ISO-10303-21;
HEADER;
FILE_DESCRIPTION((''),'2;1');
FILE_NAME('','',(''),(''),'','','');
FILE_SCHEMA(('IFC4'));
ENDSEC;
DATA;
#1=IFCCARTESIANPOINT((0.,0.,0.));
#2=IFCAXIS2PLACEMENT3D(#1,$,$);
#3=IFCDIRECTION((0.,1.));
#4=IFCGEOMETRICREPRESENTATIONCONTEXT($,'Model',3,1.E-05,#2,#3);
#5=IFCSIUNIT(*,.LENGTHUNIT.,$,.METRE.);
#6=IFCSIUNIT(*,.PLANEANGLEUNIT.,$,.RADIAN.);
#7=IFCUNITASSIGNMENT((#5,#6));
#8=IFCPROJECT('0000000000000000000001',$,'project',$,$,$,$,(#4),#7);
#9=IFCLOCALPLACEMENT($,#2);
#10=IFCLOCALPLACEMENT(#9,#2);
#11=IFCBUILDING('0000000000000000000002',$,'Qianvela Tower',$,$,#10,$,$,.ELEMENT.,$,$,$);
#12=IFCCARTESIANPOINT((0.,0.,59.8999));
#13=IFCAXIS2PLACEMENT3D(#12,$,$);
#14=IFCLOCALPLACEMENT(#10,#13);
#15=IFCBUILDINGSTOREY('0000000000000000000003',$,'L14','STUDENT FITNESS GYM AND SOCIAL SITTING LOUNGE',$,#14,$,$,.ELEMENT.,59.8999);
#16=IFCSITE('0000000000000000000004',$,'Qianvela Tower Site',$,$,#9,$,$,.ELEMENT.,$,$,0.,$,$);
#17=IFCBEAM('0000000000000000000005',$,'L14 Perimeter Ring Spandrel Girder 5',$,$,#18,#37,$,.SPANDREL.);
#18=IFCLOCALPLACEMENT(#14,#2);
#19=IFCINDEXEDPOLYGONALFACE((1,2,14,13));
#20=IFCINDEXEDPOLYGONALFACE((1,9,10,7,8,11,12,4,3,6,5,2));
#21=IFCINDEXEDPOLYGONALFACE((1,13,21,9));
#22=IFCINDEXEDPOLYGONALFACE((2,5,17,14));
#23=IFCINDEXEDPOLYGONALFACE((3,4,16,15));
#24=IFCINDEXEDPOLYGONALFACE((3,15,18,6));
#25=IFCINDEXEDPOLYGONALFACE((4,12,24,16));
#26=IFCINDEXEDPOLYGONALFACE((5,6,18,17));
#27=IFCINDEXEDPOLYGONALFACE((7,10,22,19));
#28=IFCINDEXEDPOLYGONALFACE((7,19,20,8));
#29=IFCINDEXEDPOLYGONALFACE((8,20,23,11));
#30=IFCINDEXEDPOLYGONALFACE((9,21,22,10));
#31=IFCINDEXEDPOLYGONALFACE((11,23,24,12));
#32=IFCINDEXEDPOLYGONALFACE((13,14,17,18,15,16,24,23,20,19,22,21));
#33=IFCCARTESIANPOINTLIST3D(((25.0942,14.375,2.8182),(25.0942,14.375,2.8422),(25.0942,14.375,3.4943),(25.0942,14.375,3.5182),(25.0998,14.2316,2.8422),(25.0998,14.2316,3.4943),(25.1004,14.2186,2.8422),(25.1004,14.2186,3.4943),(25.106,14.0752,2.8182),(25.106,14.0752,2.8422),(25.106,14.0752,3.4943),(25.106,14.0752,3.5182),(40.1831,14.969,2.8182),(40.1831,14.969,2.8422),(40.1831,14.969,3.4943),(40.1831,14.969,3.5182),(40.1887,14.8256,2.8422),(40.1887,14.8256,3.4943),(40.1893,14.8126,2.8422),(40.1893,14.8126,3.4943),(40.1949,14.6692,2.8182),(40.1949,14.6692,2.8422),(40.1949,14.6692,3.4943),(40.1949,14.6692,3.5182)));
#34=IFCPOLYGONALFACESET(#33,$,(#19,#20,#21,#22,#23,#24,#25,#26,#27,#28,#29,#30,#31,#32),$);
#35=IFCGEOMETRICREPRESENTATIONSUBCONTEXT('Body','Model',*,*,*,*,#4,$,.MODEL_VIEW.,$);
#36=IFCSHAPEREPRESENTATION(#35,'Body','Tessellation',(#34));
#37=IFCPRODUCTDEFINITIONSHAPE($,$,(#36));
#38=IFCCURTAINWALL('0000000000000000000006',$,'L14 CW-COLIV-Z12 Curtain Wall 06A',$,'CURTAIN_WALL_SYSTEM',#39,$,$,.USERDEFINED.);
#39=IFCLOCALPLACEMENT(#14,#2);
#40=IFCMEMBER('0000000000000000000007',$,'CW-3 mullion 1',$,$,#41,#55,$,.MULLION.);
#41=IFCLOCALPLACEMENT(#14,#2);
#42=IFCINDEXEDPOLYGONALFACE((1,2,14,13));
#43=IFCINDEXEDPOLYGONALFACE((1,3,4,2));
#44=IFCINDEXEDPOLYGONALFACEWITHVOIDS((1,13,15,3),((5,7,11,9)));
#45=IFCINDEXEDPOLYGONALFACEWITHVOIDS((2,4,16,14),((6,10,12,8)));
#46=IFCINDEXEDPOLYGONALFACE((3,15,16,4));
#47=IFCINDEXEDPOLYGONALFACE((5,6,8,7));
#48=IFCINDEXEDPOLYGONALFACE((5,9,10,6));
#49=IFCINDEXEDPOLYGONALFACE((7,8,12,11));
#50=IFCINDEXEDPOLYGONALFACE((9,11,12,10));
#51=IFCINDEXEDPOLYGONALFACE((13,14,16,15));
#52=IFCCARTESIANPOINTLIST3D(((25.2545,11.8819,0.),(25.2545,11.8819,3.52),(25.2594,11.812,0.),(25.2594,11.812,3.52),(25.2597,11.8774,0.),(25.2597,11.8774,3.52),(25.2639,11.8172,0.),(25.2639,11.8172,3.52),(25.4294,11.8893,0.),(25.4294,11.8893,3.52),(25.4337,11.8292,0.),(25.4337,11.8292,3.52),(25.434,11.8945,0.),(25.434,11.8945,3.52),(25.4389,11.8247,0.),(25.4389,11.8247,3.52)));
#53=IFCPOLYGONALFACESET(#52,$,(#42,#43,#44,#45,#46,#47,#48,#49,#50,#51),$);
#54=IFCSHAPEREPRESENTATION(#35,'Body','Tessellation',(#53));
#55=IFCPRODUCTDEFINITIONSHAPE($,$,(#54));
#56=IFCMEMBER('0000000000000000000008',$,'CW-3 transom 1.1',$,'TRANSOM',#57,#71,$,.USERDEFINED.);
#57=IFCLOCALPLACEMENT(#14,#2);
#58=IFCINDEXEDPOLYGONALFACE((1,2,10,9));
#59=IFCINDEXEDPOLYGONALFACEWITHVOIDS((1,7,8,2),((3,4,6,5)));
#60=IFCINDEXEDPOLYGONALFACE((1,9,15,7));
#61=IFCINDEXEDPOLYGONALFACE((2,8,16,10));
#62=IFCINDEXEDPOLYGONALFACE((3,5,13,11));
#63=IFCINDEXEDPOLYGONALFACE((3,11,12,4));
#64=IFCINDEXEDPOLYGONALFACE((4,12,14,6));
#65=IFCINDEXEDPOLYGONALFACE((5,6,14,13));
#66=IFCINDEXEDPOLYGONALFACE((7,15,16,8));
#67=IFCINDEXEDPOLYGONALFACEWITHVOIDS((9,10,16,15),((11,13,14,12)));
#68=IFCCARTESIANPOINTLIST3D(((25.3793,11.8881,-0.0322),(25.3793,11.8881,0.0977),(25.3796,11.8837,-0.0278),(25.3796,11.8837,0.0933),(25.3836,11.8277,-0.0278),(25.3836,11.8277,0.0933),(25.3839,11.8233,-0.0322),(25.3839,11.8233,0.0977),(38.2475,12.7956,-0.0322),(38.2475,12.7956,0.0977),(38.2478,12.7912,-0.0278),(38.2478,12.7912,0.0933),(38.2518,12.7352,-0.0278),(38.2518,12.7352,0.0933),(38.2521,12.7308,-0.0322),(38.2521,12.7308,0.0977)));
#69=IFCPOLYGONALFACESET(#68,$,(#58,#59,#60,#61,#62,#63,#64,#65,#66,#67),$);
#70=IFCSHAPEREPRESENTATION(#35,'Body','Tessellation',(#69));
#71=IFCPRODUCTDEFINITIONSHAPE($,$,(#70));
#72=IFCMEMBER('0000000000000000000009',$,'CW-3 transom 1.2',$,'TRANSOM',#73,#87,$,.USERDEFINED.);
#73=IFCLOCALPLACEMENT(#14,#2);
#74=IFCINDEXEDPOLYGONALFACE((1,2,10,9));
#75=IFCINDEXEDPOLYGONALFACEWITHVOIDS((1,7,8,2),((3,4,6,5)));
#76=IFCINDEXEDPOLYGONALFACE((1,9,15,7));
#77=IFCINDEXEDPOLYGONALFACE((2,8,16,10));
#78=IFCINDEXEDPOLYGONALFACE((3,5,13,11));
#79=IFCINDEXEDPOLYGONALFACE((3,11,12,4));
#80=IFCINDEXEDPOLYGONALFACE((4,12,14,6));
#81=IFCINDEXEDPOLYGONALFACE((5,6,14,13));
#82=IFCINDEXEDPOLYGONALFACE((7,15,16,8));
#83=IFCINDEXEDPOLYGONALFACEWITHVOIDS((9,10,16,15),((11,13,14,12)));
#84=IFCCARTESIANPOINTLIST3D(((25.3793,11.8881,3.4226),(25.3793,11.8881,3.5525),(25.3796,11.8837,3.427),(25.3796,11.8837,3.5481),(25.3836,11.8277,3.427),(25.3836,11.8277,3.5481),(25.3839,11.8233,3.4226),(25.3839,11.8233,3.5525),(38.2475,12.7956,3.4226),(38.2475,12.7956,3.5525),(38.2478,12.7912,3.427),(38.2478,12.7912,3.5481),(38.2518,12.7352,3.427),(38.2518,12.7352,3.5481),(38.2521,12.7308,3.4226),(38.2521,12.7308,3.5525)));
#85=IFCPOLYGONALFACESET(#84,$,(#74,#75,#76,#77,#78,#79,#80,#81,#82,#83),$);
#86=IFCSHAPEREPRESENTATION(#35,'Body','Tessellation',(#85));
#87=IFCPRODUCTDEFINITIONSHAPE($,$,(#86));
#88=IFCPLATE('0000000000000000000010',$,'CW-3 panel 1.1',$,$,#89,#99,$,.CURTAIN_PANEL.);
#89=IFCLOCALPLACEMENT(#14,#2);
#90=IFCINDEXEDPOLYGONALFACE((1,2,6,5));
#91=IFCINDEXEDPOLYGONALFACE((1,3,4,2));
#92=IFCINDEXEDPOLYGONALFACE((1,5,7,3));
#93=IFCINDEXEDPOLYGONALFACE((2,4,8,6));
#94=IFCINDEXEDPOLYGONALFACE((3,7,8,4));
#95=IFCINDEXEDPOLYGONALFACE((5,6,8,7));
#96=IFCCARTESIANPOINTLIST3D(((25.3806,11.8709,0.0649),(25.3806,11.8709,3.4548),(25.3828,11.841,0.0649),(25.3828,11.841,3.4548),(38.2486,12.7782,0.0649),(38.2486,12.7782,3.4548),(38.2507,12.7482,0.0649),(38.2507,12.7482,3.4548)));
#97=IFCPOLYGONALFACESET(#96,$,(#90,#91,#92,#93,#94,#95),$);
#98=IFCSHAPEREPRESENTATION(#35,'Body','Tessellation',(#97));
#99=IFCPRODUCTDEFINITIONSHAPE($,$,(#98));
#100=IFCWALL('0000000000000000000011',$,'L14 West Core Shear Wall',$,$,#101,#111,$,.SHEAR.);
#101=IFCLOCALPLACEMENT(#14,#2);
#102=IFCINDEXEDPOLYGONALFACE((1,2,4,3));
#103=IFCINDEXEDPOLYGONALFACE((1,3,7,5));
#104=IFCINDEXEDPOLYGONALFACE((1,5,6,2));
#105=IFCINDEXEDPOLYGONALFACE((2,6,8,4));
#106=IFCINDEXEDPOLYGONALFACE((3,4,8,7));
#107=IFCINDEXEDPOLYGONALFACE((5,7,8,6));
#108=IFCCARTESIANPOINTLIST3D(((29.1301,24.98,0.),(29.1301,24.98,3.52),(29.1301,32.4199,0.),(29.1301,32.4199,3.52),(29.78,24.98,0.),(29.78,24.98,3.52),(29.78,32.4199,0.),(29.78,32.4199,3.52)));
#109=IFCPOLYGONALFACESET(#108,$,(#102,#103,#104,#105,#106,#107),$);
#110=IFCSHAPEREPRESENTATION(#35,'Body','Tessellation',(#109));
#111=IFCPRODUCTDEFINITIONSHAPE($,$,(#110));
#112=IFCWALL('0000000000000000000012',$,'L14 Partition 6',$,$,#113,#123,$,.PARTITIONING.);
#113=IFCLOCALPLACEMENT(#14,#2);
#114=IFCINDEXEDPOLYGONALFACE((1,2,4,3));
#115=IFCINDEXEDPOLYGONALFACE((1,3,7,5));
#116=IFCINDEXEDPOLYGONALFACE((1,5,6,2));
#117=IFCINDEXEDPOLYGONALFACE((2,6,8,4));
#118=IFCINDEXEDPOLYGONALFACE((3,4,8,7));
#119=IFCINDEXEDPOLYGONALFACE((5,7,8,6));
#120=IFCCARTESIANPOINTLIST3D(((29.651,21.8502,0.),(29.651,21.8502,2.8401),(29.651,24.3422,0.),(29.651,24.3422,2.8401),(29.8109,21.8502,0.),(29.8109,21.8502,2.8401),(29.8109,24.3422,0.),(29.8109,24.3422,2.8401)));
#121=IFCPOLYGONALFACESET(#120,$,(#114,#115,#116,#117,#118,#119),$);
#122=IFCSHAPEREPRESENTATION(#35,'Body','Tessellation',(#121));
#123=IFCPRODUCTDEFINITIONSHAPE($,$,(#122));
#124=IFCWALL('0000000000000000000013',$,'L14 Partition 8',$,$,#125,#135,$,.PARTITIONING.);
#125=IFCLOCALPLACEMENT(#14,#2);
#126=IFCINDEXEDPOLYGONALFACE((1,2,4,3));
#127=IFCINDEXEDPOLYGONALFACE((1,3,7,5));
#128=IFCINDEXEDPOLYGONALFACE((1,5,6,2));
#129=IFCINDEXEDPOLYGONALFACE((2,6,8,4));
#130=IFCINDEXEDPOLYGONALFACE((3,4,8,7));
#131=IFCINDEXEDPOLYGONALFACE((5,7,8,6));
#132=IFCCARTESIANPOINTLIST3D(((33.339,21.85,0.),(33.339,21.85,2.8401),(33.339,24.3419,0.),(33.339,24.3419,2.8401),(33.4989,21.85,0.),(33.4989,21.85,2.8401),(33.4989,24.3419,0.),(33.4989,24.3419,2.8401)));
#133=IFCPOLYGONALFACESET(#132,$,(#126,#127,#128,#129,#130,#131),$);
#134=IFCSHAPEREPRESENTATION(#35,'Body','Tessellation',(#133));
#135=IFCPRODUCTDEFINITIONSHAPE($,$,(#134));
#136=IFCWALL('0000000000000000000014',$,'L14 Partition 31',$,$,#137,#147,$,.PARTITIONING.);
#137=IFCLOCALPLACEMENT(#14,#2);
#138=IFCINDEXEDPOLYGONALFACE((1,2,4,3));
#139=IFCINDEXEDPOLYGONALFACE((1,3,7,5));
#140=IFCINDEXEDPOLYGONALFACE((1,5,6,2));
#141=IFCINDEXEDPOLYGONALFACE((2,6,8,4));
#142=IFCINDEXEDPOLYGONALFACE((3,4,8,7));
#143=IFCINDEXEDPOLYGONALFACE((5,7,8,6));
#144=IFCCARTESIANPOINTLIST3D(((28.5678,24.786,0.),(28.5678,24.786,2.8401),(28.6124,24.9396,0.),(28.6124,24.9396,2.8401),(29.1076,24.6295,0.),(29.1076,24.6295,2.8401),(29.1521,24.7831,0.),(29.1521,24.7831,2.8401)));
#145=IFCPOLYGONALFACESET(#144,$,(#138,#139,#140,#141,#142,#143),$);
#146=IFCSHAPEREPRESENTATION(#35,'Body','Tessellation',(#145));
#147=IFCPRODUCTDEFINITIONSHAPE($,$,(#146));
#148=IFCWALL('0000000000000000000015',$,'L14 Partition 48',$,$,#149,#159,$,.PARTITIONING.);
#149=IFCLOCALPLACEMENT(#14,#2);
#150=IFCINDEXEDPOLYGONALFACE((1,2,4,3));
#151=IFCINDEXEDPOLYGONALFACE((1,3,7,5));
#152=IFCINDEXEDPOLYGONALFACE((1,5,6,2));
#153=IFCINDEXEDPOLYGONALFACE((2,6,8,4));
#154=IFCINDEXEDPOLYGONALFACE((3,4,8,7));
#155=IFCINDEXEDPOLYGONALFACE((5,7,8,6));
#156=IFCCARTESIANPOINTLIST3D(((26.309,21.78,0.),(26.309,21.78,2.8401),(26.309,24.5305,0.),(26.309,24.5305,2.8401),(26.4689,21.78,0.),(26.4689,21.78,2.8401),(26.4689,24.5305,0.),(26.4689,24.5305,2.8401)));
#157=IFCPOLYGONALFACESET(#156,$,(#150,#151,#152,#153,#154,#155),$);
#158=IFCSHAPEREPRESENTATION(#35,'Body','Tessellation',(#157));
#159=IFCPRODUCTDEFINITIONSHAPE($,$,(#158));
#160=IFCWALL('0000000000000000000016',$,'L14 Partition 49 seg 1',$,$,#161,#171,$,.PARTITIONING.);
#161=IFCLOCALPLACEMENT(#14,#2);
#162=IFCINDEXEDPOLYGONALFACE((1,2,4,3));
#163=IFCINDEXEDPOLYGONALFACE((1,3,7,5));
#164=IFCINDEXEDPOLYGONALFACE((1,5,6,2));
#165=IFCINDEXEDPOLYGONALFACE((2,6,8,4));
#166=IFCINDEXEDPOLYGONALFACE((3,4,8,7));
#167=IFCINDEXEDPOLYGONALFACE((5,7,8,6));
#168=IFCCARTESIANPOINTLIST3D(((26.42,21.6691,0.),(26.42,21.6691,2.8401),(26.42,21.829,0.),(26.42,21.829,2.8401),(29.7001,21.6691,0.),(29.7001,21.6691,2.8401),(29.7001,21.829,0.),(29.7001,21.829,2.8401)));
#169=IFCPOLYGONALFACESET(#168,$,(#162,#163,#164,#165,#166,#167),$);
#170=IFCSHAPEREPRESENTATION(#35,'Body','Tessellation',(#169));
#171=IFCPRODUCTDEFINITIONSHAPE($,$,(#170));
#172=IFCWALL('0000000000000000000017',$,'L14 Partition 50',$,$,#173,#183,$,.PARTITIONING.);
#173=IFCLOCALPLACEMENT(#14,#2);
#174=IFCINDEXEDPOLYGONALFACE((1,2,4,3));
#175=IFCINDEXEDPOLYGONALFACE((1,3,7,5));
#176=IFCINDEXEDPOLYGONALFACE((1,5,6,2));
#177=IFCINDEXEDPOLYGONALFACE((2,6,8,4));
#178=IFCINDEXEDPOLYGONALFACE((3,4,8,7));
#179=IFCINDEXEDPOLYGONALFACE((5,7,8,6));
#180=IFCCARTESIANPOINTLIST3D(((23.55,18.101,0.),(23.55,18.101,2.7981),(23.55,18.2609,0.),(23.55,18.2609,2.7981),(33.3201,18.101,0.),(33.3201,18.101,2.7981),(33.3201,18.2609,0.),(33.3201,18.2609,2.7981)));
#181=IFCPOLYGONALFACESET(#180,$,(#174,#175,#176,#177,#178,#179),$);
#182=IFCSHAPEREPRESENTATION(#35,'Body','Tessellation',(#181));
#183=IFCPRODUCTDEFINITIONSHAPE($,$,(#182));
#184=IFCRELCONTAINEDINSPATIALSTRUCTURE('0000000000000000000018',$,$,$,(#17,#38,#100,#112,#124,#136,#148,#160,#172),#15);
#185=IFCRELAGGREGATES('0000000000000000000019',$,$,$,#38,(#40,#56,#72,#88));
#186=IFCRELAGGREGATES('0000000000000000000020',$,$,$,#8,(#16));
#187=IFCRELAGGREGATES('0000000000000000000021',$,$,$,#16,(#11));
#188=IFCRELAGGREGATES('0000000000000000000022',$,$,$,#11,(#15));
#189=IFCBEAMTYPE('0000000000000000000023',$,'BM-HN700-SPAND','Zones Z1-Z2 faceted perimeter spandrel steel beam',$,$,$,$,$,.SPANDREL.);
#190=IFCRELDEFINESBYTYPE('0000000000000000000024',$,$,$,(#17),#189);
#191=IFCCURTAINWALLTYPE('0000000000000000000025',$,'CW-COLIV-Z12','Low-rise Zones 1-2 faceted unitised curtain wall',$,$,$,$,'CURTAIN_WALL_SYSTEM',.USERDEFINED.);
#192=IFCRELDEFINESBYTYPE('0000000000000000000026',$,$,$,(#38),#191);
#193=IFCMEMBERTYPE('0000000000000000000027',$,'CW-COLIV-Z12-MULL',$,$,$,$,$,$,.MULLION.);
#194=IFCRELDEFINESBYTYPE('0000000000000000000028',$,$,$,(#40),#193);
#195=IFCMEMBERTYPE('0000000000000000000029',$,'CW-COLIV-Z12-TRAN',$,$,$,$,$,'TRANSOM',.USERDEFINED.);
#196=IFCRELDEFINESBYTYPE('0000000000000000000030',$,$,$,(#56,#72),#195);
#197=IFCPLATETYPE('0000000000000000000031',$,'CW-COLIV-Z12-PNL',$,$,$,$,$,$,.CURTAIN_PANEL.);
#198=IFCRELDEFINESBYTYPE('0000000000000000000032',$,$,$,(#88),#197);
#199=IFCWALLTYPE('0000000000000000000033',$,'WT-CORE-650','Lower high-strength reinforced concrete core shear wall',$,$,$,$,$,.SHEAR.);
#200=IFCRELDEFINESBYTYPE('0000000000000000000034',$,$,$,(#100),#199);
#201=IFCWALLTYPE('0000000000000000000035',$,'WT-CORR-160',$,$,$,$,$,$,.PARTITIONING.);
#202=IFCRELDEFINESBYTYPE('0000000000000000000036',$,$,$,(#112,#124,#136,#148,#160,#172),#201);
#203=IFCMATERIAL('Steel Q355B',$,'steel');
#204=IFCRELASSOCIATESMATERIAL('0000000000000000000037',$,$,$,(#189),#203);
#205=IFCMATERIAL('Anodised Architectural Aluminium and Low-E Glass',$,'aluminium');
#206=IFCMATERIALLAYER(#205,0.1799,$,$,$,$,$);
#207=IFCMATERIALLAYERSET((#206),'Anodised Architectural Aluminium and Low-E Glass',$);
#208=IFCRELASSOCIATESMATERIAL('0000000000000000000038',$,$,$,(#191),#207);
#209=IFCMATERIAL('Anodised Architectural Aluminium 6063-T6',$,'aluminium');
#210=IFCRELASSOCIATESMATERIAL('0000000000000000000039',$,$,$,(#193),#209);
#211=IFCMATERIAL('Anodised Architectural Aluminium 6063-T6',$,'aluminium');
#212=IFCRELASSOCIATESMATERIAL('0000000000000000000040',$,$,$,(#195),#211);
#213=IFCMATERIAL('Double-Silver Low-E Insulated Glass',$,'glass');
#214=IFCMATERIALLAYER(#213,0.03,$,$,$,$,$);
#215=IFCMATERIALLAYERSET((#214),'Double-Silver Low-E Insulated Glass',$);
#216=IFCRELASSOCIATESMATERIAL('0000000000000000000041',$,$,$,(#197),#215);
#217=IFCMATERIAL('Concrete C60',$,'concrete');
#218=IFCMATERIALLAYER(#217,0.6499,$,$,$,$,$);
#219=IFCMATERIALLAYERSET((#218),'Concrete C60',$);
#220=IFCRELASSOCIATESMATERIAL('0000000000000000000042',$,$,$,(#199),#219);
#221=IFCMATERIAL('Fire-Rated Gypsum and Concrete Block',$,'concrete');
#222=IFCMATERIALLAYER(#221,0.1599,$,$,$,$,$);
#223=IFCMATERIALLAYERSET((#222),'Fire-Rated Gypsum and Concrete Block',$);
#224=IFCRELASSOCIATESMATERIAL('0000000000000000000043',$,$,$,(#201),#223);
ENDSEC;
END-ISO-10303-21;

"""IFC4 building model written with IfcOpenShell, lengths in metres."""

from ifc_helpers import new_model, si_unit, direction, frame, frame_2d, origin, origin_2d, place, context, subcontext, project, spatial, rectangle, hollow_rectangle, i_section, extrude, material, layer, layer_set, material_profile, profile_set, type_object, element, aggregate, save


model = new_model("IFC4")

# Units and contexts
model_context = context("Model", 3, precision=1e-05, world=origin(), true_north=direction((0.0, 1.0)))
body_context = subcontext(model_context, "Body", "Model", "MODEL_VIEW")
ifc_project = project(units=[si_unit("LENGTHUNIT", "METRE"), si_unit("PLANEANGLEUNIT", "RADIAN")], contexts=[model_context])

# Site, building, storey
site_placement = place(None, origin())
site = spatial("IfcSite", under=ifc_project, at=site_placement, Name="Qianvela Tower Site", CompositionType="ELEMENT", RefElevation=0.0)
building_placement = place(site_placement, origin())
building = spatial("IfcBuilding", under=site, at=building_placement, Name="Qianvela Tower", CompositionType="ELEMENT")
storey_placement = place(building_placement, frame((0.0, 0.0, 59.8999)))
storey = spatial("IfcBuildingStorey", under=building, at=storey_placement, Name="L14", Description="STUDENT FITNESS GYM AND SOCIAL SITTING LOUNGE", CompositionType="ELEMENT", Elevation=59.8999)

# Beam
ifc_material_1 = material(Name="Steel Q355B", Category="steel")
ifc_material_profile_1 = material_profile(ifc_material_1, i_section(OverallWidth=0.3, OverallDepth=0.7, WebThickness=0.0129, FlangeThickness=0.0239, at=origin_2d()), Name="HN700x300x13x24")
ifc_profile_set_1 = profile_set([ifc_material_profile_1], Name="Steel Q355B")
beam_type_1 = type_object("IfcBeamType", Name="BM-HN700-SPAND", Description="Zones Z1-Z2 faceted perimeter spandrel steel beam", PredefinedType="SPANDREL", material=ifc_profile_set_1)
beam_1_placement = place(storey_placement, frame((25.1001, 14.2251, 3.1682), z_axis=(0.999226, 0.039336, 0.0), x_axis=(-0.039336, 0.999226, 0.0)))
element("IfcBeam", 1, at=beam_1_placement, inside=storey, type_object=beam_type_1, Name="L14 Perimeter Ring Spandrel Girder 5", PredefinedType="SPANDREL", context=body_context, shape_type="SweptSolid", body=[
    extrude(i_section(OverallWidth=0.3, OverallDepth=0.7, WebThickness=0.0129, FlangeThickness=0.0239, at=origin_2d()), origin(), (0.0, 0.0, 1.0), 15.1006),
])

# Curtain wall, members, plate
ifc_material_2 = material(Name="Anodised Architectural Aluminium and Low-E Glass", Category="aluminium")
ifc_layer_1 = layer(ifc_material_2, 0.1799)
ifc_layer_set_1 = layer_set([ifc_layer_1], Name="Anodised Architectural Aluminium and Low-E Glass")
curtain_wall_type = type_object("IfcCurtainWallType", Name="CW-COLIV-Z12", Description="Low-rise Zones 1-2 faceted unitised curtain wall", ElementType="CURTAIN_WALL_SYSTEM", PredefinedType="USERDEFINED", material=ifc_layer_set_1)
curtain_wall_placement = place(storey_placement, origin())
curtain_wall = element("IfcCurtainWall", 2, at=curtain_wall_placement, inside=storey, type_object=curtain_wall_type, Name="L14 CW-COLIV-Z12 Curtain Wall 06A", ObjectType="CURTAIN_WALL_SYSTEM", PredefinedType="USERDEFINED")
ifc_material_3 = material(Name="Anodised Architectural Aluminium 6063-T6", Category="aluminium")
ifc_material_profile_2 = material_profile(ifc_material_3, hollow_rectangle(XDim=0.0701, YDim=0.1799, WallThickness=0.0049, at=origin_2d()), Name="ALU-MULL-70x180")
ifc_profile_set_2 = profile_set([ifc_material_profile_2], Name="Anodised Architectural Aluminium 6063-T6")
member_type_1 = type_object("IfcMemberType", Name="CW-COLIV-Z12-MULL", PredefinedType="MULLION", material=ifc_profile_set_2)
member_1_placement = place(storey_placement, frame((25.3467, 11.8533, 0.0), z_axis=(0.0, 0.0, 1.0), x_axis=(-0.07033, 0.997524, 0.0)))
member_1 = element("IfcMember", 3, at=member_1_placement, type_object=member_type_1, Name="CW-3 mullion 1", PredefinedType="MULLION", context=body_context, shape_type="SweptSolid", body=[
    extrude(hollow_rectangle(XDim=0.0701, YDim=0.1799, WallThickness=0.0049, at=origin_2d()), origin(), (0.0, 0.0, 1.0), 3.52),
])
ifc_material_4 = material(Name="Anodised Architectural Aluminium 6063-T6", Category="aluminium")
ifc_material_profile_3 = material_profile(ifc_material_4, hollow_rectangle(XDim=0.0649, YDim=0.1299, WallThickness=0.0044, at=origin_2d()), Name="ALU-TRAN-65x130")
ifc_profile_set_3 = profile_set([ifc_material_profile_3], Name="Anodised Architectural Aluminium 6063-T6")
member_type_2 = type_object("IfcMemberType", Name="CW-COLIV-Z12-TRAN", ElementType="TRANSOM", PredefinedType="USERDEFINED", material=ifc_profile_set_3)
member_2_placement = place(storey_placement, frame((25.3816, 11.8557, 0.0327), z_axis=(0.997523, 0.070346, 0.0), x_axis=(-0.070346, 0.997523, 0.0)))
member_2 = element("IfcMember", 4, at=member_2_placement, type_object=member_type_2, Name="CW-3 transom 1.1", ObjectType="TRANSOM", PredefinedType="USERDEFINED", context=body_context, shape_type="SweptSolid", body=[
    extrude(hollow_rectangle(XDim=0.0649, YDim=0.1299, WallThickness=0.0044, at=origin_2d()), origin(), (0.0, 0.0, 1.0), 12.9001),
])
member_3_placement = place(storey_placement, frame((25.3816, 11.8557, 3.4875), z_axis=(0.997523, 0.070346, 0.0), x_axis=(-0.070346, 0.997523, 0.0)))
member_3 = element("IfcMember", 5, at=member_3_placement, type_object=member_type_2, Name="CW-3 transom 1.2", ObjectType="TRANSOM", PredefinedType="USERDEFINED", context=body_context, shape_type="SweptSolid", body=[
    extrude(hollow_rectangle(XDim=0.0649, YDim=0.1299, WallThickness=0.0044, at=origin_2d()), origin(), (0.0, 0.0, 1.0), 12.9001),
])
ifc_material_5 = material(Name="Double-Silver Low-E Insulated Glass", Category="glass")
ifc_layer_2 = layer(ifc_material_5, 0.03)
ifc_layer_set_2 = layer_set([ifc_layer_2], Name="Double-Silver Low-E Insulated Glass")
plate_type = type_object("IfcPlateType", Name="CW-COLIV-Z12-PNL", PredefinedType="CURTAIN_PANEL", material=ifc_layer_set_2)
plate_placement = place(storey_placement, frame((31.8157, 12.3096, 0.0649), z_axis=(0.0, 0.0, 1.0), x_axis=(0.997524, 0.07033, 0.0)))
plate = element("IfcPlate", 6, at=plate_placement, type_object=plate_type, Name="CW-3 panel 1.1", PredefinedType="CURTAIN_PANEL", context=body_context, shape_type="SweptSolid", body=[
    extrude(rectangle(XDim=12.8999, YDim=0.03, at=origin_2d()), origin(), (0.0, 0.0, 1.0), 3.3899),
])
aggregate(curtain_wall, [member_1, member_2, member_3, plate])

# Shared definitions
ifc_material_6 = material(Name="Concrete C60", Category="concrete")
ifc_layer_3 = layer(ifc_material_6, 0.6499)
ifc_layer_set_3 = layer_set([ifc_layer_3], Name="Concrete C60")
wall_type_1 = type_object("IfcWallType", Name="WT-CORE-650", Description="Lower high-strength reinforced concrete core shear wall", PredefinedType="SHEAR", material=ifc_layer_set_3)

# Wall
wall_1_placement = place(storey_placement, frame((29.4551, 24.98, 0.0), z_axis=(0.0, 0.0, 1.0), x_axis=(0.0, 1.0, 0.0)))
element("IfcWall", 7, at=wall_1_placement, inside=storey, type_object=wall_type_1, Name="L14 West Core Shear Wall", PredefinedType="SHEAR", context=body_context, shape_type="SweptSolid", body=[
    extrude(rectangle(XDim=7.4399, YDim=0.6499, at=frame_2d((3.72, 0.0))), origin(), (0.0, 0.0, 1.0), 3.52),
])

# Shared definitions
ifc_material_7 = material(Name="Fire-Rated Gypsum and Concrete Block", Category="concrete")
ifc_layer_4 = layer(ifc_material_7, 0.1599)
ifc_layer_set_4 = layer_set([ifc_layer_4], Name="Fire-Rated Gypsum and Concrete Block")
wall_type_2 = type_object("IfcWallType", Name="WT-CORR-160", PredefinedType="PARTITIONING", material=ifc_layer_set_4)

# Walls
for number, where, z_axis, x_axis, name in (
    (8, (29.731, 21.8501, 0.0), (0.0, 0.0, 1.0), (0.0, 1.0, 0.0), "L14 Partition 6"),
    (9, (33.4189, 24.342, 0.0), (0.0, 0.0, 1.0), (0.0, -1.0, 0.0), "L14 Partition 8"),
):
    element("IfcWall", number, at=place(storey_placement, frame(where, z_axis=z_axis, x_axis=x_axis)), inside=storey, type_object=wall_type_2, Name=name, PredefinedType="PARTITIONING", context=body_context, shape_type="SweptSolid", body=[
        extrude(rectangle(XDim=2.4919, YDim=0.1599, at=frame_2d((1.2461, 0.0))), origin(), (0.0, 0.0, 1.0), 2.8401),
    ])
wall_2_placement = place(storey_placement, frame((29.1299, 24.7063, 0.0), z_axis=(0.0, 0.0, 1.0), x_axis=(-0.960451, 0.278448, 0.0)))
element("IfcWall", 10, at=wall_2_placement, inside=storey, type_object=wall_type_2, Name="L14 Partition 31", PredefinedType="PARTITIONING", context=body_context, shape_type="SweptSolid", body=[
    extrude(rectangle(XDim=0.562, YDim=0.1599, at=frame_2d((0.281, 0.0))), origin(), (0.0, 0.0, 1.0), 2.8401),
])
wall_3_placement = place(storey_placement, frame((26.3889, 24.5305, 0.0), z_axis=(0.0, 0.0, 1.0), x_axis=(0.0, -1.0, 0.0)))
element("IfcWall", 11, at=wall_3_placement, inside=storey, type_object=wall_type_2, Name="L14 Partition 48", PredefinedType="PARTITIONING", context=body_context, shape_type="SweptSolid", body=[
    extrude(rectangle(XDim=2.7505, YDim=0.1599, at=frame_2d((1.3752, 0.0))), origin(), (0.0, 0.0, 1.0), 2.8401),
])
wall_4_placement = place(storey_placement, frame((26.4199, 21.749, 0.0), z_axis=(0.0, 0.0, 1.0), x_axis=(1.0, 0.0, 0.0)))
element("IfcWall", 12, at=wall_4_placement, inside=storey, type_object=wall_type_2, Name="L14 Partition 49 seg 1", PredefinedType="PARTITIONING", context=body_context, shape_type="SweptSolid", body=[
    extrude(rectangle(XDim=3.28, YDim=0.1599, at=frame_2d((1.6401, 0.0))), origin(), (0.0, 0.0, 1.0), 2.8401),
])
wall_5_placement = place(storey_placement, frame((33.3201, 18.1809, 0.0), z_axis=(0.0, 0.0, 1.0), x_axis=(-1.0, 0.0, 0.0)))
element("IfcWall", 13, at=wall_5_placement, inside=storey, type_object=wall_type_2, Name="L14 Partition 50", PredefinedType="PARTITIONING", context=body_context, shape_type="SweptSolid", body=[
    extrude(rectangle(XDim=9.77, YDim=0.1599, at=frame_2d((4.885, 0.0))), origin(), (0.0, 0.0, 1.0), 2.7981),
])

save(model, "model.ifc")
